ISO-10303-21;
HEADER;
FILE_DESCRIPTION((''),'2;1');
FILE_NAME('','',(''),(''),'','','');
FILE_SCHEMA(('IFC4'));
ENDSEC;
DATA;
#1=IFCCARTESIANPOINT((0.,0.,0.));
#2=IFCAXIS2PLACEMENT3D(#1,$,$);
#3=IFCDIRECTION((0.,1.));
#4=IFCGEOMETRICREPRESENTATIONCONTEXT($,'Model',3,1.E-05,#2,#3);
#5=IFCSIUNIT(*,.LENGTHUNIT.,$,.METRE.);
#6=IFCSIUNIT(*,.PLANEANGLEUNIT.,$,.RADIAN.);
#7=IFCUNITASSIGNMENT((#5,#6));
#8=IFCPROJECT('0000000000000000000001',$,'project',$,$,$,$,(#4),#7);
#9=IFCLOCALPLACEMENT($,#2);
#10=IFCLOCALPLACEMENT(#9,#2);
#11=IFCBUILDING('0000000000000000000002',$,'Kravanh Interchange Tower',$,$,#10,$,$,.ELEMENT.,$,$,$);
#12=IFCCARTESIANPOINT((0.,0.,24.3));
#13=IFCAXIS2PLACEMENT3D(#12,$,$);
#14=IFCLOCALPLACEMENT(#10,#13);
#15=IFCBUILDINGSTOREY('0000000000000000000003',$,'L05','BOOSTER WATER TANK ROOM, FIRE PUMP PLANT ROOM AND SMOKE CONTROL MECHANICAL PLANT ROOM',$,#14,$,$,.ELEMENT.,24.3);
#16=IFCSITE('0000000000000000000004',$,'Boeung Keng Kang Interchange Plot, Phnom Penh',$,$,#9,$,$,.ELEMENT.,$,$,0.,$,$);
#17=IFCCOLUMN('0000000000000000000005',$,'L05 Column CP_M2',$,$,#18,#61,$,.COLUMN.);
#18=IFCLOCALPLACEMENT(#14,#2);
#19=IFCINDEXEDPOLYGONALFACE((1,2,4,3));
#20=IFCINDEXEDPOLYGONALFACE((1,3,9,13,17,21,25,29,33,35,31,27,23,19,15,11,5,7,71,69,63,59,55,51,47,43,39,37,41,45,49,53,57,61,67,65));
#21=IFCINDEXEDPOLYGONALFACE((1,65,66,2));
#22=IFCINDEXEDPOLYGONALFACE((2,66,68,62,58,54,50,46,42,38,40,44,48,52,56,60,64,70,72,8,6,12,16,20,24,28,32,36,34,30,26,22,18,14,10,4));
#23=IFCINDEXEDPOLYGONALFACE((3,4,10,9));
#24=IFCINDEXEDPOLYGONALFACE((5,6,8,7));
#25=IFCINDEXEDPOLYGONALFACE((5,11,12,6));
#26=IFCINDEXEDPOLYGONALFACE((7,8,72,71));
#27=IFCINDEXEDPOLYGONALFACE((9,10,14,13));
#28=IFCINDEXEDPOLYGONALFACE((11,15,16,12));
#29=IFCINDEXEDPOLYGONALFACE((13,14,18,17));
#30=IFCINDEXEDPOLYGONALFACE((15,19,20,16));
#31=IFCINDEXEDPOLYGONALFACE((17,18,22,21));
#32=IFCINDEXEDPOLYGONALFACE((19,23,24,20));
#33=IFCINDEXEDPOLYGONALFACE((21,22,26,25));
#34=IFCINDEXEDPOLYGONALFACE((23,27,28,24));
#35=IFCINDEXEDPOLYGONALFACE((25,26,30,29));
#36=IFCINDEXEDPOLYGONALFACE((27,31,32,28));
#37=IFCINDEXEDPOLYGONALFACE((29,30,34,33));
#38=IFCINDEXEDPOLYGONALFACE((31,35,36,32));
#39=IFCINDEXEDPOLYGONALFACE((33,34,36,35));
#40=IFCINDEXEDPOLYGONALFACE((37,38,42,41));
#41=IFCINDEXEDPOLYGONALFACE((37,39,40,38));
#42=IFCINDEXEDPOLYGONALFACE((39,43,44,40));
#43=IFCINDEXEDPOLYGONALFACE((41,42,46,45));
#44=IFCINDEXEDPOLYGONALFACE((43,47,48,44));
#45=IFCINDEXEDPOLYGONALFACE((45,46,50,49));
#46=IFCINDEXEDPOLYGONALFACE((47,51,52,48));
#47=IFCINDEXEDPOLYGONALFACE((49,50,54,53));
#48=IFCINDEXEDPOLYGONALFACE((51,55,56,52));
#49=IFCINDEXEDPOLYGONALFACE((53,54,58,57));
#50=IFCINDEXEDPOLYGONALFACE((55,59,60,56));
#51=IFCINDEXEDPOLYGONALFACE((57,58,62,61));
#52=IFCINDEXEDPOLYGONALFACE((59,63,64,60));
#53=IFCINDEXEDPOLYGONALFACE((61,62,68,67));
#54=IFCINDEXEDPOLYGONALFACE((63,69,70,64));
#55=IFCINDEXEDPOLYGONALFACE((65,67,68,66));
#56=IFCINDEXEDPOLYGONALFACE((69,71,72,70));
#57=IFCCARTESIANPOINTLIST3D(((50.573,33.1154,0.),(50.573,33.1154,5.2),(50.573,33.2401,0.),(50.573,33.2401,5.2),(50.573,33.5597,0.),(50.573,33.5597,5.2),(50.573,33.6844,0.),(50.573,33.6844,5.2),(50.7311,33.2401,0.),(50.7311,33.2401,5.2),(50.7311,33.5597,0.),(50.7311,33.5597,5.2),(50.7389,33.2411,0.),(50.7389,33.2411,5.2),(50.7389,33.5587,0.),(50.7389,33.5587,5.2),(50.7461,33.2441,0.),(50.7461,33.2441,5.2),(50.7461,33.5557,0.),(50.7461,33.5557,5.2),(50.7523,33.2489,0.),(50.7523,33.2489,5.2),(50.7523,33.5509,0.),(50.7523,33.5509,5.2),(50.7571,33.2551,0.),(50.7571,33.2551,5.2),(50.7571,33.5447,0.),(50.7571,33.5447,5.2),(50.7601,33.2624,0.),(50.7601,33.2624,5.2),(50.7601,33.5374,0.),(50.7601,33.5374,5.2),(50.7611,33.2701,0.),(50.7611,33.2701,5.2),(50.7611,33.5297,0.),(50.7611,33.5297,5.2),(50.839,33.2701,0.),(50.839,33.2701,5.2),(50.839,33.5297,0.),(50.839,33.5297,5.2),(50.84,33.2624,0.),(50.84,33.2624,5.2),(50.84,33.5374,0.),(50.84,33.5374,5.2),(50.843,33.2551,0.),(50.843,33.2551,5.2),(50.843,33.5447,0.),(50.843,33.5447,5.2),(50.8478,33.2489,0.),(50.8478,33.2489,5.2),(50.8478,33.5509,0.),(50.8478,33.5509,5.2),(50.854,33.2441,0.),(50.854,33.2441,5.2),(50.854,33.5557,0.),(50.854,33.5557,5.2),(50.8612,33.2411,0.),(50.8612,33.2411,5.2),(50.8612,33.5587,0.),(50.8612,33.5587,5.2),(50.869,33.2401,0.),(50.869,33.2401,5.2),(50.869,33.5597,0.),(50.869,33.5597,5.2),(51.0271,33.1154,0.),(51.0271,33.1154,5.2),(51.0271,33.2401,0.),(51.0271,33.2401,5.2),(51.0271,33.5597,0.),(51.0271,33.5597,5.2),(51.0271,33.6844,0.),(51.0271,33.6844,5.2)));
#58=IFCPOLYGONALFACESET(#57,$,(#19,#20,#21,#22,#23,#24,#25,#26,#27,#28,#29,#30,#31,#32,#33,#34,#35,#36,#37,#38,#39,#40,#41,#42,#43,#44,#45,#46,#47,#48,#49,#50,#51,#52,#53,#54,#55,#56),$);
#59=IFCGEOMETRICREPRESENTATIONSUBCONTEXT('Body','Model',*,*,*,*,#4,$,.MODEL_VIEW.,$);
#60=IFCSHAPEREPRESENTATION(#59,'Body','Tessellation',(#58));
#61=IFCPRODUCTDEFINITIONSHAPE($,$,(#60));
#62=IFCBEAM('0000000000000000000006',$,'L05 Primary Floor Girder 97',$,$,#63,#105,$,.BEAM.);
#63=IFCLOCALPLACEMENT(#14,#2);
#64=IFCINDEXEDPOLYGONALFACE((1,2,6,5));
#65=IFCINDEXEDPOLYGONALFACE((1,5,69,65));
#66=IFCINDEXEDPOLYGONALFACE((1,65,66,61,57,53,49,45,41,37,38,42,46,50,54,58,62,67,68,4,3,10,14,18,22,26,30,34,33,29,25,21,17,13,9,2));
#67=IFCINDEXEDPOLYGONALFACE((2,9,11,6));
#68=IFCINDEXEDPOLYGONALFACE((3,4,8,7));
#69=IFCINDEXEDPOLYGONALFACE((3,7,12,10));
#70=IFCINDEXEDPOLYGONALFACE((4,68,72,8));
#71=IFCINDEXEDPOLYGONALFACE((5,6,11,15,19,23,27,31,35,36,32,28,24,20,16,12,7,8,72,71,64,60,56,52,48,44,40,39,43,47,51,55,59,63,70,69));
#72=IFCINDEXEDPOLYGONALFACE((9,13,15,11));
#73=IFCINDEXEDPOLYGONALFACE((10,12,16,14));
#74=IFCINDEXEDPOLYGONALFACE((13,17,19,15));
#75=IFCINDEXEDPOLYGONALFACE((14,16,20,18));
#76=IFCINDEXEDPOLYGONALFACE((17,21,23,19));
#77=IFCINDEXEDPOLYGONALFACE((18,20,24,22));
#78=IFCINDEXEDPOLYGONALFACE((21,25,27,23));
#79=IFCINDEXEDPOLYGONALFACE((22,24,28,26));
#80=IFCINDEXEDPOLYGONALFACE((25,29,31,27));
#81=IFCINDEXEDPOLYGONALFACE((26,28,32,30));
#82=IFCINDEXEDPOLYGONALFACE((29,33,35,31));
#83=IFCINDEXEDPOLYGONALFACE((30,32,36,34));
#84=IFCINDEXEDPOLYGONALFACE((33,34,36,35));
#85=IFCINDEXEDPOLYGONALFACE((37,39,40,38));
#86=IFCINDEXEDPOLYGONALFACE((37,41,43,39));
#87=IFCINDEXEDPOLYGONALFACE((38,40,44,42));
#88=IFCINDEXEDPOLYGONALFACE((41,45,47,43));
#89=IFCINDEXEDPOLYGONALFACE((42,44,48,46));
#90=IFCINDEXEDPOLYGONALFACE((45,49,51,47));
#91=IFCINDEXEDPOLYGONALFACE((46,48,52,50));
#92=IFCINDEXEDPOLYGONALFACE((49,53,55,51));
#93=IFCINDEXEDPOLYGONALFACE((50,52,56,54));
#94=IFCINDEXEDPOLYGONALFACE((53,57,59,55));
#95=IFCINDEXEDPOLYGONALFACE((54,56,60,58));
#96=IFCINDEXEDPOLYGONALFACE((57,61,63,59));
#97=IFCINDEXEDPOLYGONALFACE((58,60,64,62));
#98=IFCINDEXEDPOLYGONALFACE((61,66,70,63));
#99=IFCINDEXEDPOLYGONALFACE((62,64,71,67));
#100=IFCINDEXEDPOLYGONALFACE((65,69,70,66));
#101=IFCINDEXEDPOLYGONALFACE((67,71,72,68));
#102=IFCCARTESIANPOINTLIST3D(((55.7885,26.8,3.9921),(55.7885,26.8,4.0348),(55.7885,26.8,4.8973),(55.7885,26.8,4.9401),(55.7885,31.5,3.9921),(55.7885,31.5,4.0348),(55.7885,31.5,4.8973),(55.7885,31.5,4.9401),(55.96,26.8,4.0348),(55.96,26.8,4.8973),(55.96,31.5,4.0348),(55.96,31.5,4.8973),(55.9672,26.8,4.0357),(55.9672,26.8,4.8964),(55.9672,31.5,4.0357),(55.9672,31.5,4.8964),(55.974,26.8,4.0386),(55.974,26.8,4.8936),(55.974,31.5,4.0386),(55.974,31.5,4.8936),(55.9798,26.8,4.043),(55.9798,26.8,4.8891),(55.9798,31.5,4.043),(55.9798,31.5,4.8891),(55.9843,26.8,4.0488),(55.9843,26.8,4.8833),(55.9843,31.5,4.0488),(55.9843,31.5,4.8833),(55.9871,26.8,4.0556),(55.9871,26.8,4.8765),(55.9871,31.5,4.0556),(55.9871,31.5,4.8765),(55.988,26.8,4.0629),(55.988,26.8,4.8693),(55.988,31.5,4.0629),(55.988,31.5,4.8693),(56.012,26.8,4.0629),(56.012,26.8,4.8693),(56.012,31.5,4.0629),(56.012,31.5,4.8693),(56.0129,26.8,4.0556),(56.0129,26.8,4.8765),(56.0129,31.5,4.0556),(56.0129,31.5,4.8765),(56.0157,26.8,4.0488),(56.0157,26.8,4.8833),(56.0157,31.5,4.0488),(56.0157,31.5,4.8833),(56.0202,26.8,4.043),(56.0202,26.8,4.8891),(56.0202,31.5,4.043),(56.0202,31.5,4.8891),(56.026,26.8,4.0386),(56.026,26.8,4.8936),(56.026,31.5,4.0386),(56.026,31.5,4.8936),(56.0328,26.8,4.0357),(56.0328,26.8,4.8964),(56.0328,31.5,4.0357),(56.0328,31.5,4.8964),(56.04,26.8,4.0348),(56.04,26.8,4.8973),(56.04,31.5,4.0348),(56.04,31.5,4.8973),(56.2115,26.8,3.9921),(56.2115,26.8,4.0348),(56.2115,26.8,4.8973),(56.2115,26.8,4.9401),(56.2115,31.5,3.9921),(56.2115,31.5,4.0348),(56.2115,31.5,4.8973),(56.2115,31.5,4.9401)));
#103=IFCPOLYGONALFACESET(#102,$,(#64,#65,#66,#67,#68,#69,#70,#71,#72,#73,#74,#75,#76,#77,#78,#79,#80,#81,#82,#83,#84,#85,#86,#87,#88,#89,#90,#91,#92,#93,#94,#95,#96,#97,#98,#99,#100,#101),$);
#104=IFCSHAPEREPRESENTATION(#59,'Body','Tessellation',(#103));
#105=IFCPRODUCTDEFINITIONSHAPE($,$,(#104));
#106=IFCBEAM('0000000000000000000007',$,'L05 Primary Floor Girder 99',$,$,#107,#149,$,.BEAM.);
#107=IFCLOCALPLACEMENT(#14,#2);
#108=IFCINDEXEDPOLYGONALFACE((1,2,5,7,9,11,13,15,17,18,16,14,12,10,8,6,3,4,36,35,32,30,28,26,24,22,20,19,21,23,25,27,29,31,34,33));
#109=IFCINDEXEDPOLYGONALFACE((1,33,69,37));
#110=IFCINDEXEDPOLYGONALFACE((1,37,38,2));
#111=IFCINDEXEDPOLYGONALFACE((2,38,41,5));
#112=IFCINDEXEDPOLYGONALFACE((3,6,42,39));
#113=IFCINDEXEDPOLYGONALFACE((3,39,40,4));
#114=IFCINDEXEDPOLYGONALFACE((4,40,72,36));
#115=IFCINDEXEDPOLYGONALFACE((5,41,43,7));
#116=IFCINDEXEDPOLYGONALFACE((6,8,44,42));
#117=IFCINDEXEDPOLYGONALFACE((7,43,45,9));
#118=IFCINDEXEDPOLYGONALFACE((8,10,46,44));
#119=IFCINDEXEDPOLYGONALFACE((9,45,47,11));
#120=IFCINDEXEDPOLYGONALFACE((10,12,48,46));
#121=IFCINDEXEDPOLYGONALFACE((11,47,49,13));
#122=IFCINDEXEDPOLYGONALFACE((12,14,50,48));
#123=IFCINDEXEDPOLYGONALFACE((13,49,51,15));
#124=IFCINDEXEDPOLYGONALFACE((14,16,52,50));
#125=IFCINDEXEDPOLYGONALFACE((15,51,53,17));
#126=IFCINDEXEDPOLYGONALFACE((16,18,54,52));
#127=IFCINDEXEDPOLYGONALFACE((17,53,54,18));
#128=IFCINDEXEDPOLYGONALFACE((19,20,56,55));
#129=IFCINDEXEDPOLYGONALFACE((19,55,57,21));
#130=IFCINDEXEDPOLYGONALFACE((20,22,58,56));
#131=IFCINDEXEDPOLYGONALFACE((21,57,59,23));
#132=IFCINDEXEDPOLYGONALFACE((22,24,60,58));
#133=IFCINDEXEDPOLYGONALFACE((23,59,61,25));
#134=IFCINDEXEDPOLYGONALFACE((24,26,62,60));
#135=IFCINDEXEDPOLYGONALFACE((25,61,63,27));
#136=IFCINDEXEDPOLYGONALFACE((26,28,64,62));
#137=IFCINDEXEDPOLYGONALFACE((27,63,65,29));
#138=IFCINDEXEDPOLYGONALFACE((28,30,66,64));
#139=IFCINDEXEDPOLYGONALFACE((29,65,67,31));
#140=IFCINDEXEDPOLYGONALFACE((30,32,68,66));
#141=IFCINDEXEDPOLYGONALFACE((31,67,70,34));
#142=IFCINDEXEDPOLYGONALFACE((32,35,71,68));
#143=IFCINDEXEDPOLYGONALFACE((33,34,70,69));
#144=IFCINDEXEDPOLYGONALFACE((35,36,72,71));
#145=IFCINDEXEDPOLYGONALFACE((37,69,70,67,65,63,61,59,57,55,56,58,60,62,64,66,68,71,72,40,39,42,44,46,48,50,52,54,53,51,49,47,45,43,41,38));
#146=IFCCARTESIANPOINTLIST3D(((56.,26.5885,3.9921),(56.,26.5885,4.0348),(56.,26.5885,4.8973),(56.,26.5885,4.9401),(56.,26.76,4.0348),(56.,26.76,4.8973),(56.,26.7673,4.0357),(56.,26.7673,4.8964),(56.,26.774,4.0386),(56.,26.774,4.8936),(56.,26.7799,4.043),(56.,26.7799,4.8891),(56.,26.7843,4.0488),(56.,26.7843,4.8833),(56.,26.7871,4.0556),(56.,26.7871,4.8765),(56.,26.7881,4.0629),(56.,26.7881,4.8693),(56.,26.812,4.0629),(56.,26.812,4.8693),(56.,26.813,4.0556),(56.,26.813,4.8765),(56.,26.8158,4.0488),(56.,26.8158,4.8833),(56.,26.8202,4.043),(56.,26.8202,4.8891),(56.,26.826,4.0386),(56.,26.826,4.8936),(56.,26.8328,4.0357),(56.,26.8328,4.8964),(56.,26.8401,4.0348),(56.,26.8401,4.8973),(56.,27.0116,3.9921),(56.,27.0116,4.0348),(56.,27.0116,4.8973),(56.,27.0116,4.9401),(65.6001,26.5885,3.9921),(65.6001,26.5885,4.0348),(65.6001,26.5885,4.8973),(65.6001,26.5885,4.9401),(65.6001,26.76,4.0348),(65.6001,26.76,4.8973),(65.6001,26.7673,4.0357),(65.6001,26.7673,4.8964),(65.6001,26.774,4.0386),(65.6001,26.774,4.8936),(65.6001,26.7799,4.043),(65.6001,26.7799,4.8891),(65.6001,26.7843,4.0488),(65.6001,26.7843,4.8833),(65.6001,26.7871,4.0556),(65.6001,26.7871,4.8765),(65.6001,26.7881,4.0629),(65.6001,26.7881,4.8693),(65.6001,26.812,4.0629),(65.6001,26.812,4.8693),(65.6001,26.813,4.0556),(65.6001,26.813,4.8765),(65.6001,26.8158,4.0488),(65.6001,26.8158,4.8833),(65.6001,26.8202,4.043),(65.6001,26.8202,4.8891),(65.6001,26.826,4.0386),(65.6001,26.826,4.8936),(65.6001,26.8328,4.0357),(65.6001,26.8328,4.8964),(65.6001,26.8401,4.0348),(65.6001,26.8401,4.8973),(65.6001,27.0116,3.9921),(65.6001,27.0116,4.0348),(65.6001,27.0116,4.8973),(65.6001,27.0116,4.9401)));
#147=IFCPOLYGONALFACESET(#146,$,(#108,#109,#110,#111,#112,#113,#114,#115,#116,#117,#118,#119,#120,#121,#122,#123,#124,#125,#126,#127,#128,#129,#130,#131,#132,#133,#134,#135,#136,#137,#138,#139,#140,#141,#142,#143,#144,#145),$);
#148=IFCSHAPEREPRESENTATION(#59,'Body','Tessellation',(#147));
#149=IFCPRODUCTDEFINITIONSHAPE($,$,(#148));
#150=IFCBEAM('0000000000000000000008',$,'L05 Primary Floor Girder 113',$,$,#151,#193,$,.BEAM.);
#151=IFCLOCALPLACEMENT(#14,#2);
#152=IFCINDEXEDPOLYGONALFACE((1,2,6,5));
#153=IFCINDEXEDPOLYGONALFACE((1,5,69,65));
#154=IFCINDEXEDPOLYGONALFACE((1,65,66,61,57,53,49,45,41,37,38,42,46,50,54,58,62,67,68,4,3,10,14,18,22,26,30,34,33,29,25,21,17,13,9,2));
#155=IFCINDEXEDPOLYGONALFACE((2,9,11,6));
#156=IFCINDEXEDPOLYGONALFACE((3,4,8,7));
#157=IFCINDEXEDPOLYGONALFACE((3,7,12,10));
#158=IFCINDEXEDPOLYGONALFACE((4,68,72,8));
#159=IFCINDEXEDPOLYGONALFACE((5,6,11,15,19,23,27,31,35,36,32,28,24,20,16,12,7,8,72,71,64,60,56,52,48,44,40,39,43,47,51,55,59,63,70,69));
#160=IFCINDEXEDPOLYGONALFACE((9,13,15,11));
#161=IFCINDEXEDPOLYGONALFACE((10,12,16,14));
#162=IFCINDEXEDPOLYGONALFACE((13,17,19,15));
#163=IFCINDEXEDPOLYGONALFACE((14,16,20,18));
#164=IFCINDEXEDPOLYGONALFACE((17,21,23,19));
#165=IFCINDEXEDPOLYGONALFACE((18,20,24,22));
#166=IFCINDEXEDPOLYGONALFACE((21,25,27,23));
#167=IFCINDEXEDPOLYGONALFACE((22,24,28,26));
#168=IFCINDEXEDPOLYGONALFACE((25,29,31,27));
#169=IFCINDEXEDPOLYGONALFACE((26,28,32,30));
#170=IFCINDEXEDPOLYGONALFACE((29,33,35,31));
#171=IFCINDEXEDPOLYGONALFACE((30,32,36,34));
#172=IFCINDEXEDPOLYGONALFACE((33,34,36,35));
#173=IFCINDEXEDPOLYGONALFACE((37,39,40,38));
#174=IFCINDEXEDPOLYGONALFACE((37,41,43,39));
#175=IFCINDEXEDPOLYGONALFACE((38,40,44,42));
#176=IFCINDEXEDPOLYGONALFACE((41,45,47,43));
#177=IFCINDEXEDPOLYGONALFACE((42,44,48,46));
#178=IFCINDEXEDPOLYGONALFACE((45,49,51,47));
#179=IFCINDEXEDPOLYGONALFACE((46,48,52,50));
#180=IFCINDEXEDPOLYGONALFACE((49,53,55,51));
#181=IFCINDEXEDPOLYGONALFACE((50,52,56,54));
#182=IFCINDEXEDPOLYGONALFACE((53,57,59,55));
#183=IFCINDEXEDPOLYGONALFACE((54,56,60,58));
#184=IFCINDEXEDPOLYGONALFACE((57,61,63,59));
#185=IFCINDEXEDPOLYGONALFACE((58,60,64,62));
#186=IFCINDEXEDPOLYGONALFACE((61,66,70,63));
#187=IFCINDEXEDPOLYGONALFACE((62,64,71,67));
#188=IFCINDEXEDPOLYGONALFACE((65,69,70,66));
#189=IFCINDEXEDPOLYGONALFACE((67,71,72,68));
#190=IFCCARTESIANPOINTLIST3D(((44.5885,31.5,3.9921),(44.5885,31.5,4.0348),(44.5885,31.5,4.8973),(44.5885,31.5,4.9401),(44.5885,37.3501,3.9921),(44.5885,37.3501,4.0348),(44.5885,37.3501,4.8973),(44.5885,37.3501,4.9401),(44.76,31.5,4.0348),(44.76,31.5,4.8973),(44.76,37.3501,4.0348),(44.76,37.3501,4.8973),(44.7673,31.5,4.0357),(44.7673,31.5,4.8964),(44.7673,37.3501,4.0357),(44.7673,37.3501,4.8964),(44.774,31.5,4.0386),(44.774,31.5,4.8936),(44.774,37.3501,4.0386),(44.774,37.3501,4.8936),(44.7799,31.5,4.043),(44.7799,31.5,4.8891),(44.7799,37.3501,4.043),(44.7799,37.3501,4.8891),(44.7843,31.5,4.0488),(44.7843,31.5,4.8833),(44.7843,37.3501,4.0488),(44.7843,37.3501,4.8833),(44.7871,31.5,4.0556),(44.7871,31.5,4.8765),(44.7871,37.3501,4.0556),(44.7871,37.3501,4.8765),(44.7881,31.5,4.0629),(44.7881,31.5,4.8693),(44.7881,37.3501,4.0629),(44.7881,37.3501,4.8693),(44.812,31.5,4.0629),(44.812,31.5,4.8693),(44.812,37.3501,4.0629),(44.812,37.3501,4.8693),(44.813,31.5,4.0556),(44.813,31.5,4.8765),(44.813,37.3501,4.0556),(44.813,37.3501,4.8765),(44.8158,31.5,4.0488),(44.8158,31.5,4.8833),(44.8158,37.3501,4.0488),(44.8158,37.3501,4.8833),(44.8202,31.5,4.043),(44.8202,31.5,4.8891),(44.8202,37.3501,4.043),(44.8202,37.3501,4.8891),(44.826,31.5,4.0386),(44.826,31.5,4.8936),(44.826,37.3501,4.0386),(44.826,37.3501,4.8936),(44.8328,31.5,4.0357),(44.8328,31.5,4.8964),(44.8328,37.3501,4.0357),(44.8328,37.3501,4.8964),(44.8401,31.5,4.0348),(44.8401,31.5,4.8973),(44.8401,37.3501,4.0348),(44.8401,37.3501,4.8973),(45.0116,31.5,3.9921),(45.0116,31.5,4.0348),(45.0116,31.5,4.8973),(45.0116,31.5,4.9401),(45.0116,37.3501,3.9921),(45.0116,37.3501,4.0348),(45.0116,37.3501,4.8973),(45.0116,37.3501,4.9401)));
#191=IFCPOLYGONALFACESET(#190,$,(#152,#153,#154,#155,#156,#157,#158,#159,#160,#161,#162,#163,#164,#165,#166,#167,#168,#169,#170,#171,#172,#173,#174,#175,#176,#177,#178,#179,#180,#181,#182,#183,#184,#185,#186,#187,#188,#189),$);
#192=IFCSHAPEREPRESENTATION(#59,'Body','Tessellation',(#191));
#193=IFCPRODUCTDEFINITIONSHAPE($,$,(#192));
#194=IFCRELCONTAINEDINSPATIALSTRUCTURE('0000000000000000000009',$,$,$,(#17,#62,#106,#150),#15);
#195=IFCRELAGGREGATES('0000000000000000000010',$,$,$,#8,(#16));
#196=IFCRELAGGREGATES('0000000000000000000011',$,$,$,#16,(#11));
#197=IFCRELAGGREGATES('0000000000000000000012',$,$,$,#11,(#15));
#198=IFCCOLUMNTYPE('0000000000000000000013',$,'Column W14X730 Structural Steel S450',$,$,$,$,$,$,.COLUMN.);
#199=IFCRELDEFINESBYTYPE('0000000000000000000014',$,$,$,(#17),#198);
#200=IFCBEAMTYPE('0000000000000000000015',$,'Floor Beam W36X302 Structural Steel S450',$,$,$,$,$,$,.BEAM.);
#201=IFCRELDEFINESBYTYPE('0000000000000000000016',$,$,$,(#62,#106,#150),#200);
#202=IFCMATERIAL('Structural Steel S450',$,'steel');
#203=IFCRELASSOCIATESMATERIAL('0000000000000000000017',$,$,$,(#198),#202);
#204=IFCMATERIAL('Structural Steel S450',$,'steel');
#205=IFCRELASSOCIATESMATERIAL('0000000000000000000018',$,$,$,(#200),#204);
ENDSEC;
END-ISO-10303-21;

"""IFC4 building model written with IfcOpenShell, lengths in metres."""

from ifc_helpers import new_model, si_unit, direction, frame, origin, origin_2d, place, context, subcontext, project, spatial, i_section, extrude, material, material_profile, profile_set, type_object, element, save


model = new_model("IFC4")

# Units and contexts
model_context = context("Model", 3, precision=1e-05, world=origin(), true_north=direction((0.0, 1.0)))
body_context = subcontext(model_context, "Body", "Model", "MODEL_VIEW")
ifc_project = project(units=[si_unit("LENGTHUNIT", "METRE"), si_unit("PLANEANGLEUNIT", "RADIAN")], contexts=[model_context])

# Site, building, storey
site_placement = place(None, origin())
site = spatial("IfcSite", under=ifc_project, at=site_placement, Name="Boeung Keng Kang Interchange Plot, Phnom Penh", CompositionType="ELEMENT", RefElevation=0.0)
building_placement = place(site_placement, origin())
building = spatial("IfcBuilding", under=site, at=building_placement, Name="Kravanh Interchange Tower", CompositionType="ELEMENT")
storey_placement = place(building_placement, frame((0.0, 0.0, 24.3)))
storey = spatial("IfcBuildingStorey", under=building, at=storey_placement, Name="L05", Description="BOOSTER WATER TANK ROOM, FIRE PUMP PLANT ROOM AND SMOKE CONTROL MECHANICAL PLANT ROOM", CompositionType="ELEMENT", Elevation=24.3)

# Column
ifc_material_1 = material(Name="Structural Steel S450", Category="steel")
ifc_material_profile_1 = material_profile(ifc_material_1, i_section(OverallWidth=0.4541, OverallDepth=0.5691, WebThickness=0.0779, FlangeThickness=0.1248, FilletRadius=0.03, at=origin_2d()), Name="W14X730")
ifc_profile_set_1 = profile_set([ifc_material_profile_1], Name="Structural Steel S450")
column_type = type_object("IfcColumnType", Name="Column W14X730 Structural Steel S450", PredefinedType="COLUMN", material=ifc_profile_set_1)
for number, where, z_axis, x_axis, name in (
    (1, (50.8, 33.3999, 0.0), (0.0, 0.0, 1.0), (1.0, 0.0, 0.0), "L05 Column CP_M2"),
):
    element("IfcColumn", number, at=place(storey_placement, frame(where, z_axis=z_axis, x_axis=x_axis)), inside=storey, type_object=column_type, Name=name, PredefinedType="COLUMN", context=body_context, shape_type="SweptSolid", body=[
        extrude(i_section(OverallWidth=0.4541, OverallDepth=0.5691, WebThickness=0.0779, FlangeThickness=0.1248, FilletRadius=0.03, at=origin_2d()), origin(), (0.0, 0.0, 1.0), 5.2),
    ])

# Beams
ifc_material_2 = material(Name="Structural Steel S450", Category="steel")
ifc_material_profile_2 = material_profile(ifc_material_2, i_section(OverallWidth=0.4231, OverallDepth=0.948, WebThickness=0.0239, FlangeThickness=0.0427, FilletRadius=0.0281, at=origin_2d()), Name="W36X302")
ifc_profile_set_2 = profile_set([ifc_material_profile_2], Name="Structural Steel S450")
beam_type_1 = type_object("IfcBeamType", Name="Floor Beam W36X302 Structural Steel S450", PredefinedType="BEAM", material=ifc_profile_set_2)
beam_1_placement = place(storey_placement, frame((56.0, 26.8, 4.4661), z_axis=(0.0, 1.0, 0.0), x_axis=(-1.0, 0.0, 0.0)))
element("IfcBeam", 2, at=beam_1_placement, inside=storey, type_object=beam_type_1, Name="L05 Primary Floor Girder 97", PredefinedType="BEAM", context=body_context, shape_type="SweptSolid", body=[
    extrude(i_section(OverallWidth=0.4231, OverallDepth=0.948, WebThickness=0.0239, FlangeThickness=0.0427, FilletRadius=0.0281, at=origin_2d()), origin(), (0.0, 0.0, 1.0), 4.7),
])
beam_2_placement = place(storey_placement, frame((56.0, 26.8, 4.4661), z_axis=(1.0, 0.0, 0.0), x_axis=(0.0, 1.0, 0.0)))
element("IfcBeam", 3, at=beam_2_placement, inside=storey, type_object=beam_type_1, Name="L05 Primary Floor Girder 99", PredefinedType="BEAM", context=body_context, shape_type="SweptSolid", body=[
    extrude(i_section(OverallWidth=0.4231, OverallDepth=0.948, WebThickness=0.0239, FlangeThickness=0.0427, FilletRadius=0.0281, at=origin_2d()), origin(), (0.0, 0.0, 1.0), 9.6001),
])
beam_3_placement = place(storey_placement, frame((44.8, 31.5, 4.4661), z_axis=(0.0, 1.0, 0.0), x_axis=(-1.0, 0.0, 0.0)))
element("IfcBeam", 4, at=beam_3_placement, inside=storey, type_object=beam_type_1, Name="L05 Primary Floor Girder 113", PredefinedType="BEAM", context=body_context, shape_type="SweptSolid", body=[
    extrude(i_section(OverallWidth=0.4231, OverallDepth=0.948, WebThickness=0.0239, FlangeThickness=0.0427, FilletRadius=0.0281, at=origin_2d()), origin(), (0.0, 0.0, 1.0), 5.8501),
])

save(model, "model.ifc")
